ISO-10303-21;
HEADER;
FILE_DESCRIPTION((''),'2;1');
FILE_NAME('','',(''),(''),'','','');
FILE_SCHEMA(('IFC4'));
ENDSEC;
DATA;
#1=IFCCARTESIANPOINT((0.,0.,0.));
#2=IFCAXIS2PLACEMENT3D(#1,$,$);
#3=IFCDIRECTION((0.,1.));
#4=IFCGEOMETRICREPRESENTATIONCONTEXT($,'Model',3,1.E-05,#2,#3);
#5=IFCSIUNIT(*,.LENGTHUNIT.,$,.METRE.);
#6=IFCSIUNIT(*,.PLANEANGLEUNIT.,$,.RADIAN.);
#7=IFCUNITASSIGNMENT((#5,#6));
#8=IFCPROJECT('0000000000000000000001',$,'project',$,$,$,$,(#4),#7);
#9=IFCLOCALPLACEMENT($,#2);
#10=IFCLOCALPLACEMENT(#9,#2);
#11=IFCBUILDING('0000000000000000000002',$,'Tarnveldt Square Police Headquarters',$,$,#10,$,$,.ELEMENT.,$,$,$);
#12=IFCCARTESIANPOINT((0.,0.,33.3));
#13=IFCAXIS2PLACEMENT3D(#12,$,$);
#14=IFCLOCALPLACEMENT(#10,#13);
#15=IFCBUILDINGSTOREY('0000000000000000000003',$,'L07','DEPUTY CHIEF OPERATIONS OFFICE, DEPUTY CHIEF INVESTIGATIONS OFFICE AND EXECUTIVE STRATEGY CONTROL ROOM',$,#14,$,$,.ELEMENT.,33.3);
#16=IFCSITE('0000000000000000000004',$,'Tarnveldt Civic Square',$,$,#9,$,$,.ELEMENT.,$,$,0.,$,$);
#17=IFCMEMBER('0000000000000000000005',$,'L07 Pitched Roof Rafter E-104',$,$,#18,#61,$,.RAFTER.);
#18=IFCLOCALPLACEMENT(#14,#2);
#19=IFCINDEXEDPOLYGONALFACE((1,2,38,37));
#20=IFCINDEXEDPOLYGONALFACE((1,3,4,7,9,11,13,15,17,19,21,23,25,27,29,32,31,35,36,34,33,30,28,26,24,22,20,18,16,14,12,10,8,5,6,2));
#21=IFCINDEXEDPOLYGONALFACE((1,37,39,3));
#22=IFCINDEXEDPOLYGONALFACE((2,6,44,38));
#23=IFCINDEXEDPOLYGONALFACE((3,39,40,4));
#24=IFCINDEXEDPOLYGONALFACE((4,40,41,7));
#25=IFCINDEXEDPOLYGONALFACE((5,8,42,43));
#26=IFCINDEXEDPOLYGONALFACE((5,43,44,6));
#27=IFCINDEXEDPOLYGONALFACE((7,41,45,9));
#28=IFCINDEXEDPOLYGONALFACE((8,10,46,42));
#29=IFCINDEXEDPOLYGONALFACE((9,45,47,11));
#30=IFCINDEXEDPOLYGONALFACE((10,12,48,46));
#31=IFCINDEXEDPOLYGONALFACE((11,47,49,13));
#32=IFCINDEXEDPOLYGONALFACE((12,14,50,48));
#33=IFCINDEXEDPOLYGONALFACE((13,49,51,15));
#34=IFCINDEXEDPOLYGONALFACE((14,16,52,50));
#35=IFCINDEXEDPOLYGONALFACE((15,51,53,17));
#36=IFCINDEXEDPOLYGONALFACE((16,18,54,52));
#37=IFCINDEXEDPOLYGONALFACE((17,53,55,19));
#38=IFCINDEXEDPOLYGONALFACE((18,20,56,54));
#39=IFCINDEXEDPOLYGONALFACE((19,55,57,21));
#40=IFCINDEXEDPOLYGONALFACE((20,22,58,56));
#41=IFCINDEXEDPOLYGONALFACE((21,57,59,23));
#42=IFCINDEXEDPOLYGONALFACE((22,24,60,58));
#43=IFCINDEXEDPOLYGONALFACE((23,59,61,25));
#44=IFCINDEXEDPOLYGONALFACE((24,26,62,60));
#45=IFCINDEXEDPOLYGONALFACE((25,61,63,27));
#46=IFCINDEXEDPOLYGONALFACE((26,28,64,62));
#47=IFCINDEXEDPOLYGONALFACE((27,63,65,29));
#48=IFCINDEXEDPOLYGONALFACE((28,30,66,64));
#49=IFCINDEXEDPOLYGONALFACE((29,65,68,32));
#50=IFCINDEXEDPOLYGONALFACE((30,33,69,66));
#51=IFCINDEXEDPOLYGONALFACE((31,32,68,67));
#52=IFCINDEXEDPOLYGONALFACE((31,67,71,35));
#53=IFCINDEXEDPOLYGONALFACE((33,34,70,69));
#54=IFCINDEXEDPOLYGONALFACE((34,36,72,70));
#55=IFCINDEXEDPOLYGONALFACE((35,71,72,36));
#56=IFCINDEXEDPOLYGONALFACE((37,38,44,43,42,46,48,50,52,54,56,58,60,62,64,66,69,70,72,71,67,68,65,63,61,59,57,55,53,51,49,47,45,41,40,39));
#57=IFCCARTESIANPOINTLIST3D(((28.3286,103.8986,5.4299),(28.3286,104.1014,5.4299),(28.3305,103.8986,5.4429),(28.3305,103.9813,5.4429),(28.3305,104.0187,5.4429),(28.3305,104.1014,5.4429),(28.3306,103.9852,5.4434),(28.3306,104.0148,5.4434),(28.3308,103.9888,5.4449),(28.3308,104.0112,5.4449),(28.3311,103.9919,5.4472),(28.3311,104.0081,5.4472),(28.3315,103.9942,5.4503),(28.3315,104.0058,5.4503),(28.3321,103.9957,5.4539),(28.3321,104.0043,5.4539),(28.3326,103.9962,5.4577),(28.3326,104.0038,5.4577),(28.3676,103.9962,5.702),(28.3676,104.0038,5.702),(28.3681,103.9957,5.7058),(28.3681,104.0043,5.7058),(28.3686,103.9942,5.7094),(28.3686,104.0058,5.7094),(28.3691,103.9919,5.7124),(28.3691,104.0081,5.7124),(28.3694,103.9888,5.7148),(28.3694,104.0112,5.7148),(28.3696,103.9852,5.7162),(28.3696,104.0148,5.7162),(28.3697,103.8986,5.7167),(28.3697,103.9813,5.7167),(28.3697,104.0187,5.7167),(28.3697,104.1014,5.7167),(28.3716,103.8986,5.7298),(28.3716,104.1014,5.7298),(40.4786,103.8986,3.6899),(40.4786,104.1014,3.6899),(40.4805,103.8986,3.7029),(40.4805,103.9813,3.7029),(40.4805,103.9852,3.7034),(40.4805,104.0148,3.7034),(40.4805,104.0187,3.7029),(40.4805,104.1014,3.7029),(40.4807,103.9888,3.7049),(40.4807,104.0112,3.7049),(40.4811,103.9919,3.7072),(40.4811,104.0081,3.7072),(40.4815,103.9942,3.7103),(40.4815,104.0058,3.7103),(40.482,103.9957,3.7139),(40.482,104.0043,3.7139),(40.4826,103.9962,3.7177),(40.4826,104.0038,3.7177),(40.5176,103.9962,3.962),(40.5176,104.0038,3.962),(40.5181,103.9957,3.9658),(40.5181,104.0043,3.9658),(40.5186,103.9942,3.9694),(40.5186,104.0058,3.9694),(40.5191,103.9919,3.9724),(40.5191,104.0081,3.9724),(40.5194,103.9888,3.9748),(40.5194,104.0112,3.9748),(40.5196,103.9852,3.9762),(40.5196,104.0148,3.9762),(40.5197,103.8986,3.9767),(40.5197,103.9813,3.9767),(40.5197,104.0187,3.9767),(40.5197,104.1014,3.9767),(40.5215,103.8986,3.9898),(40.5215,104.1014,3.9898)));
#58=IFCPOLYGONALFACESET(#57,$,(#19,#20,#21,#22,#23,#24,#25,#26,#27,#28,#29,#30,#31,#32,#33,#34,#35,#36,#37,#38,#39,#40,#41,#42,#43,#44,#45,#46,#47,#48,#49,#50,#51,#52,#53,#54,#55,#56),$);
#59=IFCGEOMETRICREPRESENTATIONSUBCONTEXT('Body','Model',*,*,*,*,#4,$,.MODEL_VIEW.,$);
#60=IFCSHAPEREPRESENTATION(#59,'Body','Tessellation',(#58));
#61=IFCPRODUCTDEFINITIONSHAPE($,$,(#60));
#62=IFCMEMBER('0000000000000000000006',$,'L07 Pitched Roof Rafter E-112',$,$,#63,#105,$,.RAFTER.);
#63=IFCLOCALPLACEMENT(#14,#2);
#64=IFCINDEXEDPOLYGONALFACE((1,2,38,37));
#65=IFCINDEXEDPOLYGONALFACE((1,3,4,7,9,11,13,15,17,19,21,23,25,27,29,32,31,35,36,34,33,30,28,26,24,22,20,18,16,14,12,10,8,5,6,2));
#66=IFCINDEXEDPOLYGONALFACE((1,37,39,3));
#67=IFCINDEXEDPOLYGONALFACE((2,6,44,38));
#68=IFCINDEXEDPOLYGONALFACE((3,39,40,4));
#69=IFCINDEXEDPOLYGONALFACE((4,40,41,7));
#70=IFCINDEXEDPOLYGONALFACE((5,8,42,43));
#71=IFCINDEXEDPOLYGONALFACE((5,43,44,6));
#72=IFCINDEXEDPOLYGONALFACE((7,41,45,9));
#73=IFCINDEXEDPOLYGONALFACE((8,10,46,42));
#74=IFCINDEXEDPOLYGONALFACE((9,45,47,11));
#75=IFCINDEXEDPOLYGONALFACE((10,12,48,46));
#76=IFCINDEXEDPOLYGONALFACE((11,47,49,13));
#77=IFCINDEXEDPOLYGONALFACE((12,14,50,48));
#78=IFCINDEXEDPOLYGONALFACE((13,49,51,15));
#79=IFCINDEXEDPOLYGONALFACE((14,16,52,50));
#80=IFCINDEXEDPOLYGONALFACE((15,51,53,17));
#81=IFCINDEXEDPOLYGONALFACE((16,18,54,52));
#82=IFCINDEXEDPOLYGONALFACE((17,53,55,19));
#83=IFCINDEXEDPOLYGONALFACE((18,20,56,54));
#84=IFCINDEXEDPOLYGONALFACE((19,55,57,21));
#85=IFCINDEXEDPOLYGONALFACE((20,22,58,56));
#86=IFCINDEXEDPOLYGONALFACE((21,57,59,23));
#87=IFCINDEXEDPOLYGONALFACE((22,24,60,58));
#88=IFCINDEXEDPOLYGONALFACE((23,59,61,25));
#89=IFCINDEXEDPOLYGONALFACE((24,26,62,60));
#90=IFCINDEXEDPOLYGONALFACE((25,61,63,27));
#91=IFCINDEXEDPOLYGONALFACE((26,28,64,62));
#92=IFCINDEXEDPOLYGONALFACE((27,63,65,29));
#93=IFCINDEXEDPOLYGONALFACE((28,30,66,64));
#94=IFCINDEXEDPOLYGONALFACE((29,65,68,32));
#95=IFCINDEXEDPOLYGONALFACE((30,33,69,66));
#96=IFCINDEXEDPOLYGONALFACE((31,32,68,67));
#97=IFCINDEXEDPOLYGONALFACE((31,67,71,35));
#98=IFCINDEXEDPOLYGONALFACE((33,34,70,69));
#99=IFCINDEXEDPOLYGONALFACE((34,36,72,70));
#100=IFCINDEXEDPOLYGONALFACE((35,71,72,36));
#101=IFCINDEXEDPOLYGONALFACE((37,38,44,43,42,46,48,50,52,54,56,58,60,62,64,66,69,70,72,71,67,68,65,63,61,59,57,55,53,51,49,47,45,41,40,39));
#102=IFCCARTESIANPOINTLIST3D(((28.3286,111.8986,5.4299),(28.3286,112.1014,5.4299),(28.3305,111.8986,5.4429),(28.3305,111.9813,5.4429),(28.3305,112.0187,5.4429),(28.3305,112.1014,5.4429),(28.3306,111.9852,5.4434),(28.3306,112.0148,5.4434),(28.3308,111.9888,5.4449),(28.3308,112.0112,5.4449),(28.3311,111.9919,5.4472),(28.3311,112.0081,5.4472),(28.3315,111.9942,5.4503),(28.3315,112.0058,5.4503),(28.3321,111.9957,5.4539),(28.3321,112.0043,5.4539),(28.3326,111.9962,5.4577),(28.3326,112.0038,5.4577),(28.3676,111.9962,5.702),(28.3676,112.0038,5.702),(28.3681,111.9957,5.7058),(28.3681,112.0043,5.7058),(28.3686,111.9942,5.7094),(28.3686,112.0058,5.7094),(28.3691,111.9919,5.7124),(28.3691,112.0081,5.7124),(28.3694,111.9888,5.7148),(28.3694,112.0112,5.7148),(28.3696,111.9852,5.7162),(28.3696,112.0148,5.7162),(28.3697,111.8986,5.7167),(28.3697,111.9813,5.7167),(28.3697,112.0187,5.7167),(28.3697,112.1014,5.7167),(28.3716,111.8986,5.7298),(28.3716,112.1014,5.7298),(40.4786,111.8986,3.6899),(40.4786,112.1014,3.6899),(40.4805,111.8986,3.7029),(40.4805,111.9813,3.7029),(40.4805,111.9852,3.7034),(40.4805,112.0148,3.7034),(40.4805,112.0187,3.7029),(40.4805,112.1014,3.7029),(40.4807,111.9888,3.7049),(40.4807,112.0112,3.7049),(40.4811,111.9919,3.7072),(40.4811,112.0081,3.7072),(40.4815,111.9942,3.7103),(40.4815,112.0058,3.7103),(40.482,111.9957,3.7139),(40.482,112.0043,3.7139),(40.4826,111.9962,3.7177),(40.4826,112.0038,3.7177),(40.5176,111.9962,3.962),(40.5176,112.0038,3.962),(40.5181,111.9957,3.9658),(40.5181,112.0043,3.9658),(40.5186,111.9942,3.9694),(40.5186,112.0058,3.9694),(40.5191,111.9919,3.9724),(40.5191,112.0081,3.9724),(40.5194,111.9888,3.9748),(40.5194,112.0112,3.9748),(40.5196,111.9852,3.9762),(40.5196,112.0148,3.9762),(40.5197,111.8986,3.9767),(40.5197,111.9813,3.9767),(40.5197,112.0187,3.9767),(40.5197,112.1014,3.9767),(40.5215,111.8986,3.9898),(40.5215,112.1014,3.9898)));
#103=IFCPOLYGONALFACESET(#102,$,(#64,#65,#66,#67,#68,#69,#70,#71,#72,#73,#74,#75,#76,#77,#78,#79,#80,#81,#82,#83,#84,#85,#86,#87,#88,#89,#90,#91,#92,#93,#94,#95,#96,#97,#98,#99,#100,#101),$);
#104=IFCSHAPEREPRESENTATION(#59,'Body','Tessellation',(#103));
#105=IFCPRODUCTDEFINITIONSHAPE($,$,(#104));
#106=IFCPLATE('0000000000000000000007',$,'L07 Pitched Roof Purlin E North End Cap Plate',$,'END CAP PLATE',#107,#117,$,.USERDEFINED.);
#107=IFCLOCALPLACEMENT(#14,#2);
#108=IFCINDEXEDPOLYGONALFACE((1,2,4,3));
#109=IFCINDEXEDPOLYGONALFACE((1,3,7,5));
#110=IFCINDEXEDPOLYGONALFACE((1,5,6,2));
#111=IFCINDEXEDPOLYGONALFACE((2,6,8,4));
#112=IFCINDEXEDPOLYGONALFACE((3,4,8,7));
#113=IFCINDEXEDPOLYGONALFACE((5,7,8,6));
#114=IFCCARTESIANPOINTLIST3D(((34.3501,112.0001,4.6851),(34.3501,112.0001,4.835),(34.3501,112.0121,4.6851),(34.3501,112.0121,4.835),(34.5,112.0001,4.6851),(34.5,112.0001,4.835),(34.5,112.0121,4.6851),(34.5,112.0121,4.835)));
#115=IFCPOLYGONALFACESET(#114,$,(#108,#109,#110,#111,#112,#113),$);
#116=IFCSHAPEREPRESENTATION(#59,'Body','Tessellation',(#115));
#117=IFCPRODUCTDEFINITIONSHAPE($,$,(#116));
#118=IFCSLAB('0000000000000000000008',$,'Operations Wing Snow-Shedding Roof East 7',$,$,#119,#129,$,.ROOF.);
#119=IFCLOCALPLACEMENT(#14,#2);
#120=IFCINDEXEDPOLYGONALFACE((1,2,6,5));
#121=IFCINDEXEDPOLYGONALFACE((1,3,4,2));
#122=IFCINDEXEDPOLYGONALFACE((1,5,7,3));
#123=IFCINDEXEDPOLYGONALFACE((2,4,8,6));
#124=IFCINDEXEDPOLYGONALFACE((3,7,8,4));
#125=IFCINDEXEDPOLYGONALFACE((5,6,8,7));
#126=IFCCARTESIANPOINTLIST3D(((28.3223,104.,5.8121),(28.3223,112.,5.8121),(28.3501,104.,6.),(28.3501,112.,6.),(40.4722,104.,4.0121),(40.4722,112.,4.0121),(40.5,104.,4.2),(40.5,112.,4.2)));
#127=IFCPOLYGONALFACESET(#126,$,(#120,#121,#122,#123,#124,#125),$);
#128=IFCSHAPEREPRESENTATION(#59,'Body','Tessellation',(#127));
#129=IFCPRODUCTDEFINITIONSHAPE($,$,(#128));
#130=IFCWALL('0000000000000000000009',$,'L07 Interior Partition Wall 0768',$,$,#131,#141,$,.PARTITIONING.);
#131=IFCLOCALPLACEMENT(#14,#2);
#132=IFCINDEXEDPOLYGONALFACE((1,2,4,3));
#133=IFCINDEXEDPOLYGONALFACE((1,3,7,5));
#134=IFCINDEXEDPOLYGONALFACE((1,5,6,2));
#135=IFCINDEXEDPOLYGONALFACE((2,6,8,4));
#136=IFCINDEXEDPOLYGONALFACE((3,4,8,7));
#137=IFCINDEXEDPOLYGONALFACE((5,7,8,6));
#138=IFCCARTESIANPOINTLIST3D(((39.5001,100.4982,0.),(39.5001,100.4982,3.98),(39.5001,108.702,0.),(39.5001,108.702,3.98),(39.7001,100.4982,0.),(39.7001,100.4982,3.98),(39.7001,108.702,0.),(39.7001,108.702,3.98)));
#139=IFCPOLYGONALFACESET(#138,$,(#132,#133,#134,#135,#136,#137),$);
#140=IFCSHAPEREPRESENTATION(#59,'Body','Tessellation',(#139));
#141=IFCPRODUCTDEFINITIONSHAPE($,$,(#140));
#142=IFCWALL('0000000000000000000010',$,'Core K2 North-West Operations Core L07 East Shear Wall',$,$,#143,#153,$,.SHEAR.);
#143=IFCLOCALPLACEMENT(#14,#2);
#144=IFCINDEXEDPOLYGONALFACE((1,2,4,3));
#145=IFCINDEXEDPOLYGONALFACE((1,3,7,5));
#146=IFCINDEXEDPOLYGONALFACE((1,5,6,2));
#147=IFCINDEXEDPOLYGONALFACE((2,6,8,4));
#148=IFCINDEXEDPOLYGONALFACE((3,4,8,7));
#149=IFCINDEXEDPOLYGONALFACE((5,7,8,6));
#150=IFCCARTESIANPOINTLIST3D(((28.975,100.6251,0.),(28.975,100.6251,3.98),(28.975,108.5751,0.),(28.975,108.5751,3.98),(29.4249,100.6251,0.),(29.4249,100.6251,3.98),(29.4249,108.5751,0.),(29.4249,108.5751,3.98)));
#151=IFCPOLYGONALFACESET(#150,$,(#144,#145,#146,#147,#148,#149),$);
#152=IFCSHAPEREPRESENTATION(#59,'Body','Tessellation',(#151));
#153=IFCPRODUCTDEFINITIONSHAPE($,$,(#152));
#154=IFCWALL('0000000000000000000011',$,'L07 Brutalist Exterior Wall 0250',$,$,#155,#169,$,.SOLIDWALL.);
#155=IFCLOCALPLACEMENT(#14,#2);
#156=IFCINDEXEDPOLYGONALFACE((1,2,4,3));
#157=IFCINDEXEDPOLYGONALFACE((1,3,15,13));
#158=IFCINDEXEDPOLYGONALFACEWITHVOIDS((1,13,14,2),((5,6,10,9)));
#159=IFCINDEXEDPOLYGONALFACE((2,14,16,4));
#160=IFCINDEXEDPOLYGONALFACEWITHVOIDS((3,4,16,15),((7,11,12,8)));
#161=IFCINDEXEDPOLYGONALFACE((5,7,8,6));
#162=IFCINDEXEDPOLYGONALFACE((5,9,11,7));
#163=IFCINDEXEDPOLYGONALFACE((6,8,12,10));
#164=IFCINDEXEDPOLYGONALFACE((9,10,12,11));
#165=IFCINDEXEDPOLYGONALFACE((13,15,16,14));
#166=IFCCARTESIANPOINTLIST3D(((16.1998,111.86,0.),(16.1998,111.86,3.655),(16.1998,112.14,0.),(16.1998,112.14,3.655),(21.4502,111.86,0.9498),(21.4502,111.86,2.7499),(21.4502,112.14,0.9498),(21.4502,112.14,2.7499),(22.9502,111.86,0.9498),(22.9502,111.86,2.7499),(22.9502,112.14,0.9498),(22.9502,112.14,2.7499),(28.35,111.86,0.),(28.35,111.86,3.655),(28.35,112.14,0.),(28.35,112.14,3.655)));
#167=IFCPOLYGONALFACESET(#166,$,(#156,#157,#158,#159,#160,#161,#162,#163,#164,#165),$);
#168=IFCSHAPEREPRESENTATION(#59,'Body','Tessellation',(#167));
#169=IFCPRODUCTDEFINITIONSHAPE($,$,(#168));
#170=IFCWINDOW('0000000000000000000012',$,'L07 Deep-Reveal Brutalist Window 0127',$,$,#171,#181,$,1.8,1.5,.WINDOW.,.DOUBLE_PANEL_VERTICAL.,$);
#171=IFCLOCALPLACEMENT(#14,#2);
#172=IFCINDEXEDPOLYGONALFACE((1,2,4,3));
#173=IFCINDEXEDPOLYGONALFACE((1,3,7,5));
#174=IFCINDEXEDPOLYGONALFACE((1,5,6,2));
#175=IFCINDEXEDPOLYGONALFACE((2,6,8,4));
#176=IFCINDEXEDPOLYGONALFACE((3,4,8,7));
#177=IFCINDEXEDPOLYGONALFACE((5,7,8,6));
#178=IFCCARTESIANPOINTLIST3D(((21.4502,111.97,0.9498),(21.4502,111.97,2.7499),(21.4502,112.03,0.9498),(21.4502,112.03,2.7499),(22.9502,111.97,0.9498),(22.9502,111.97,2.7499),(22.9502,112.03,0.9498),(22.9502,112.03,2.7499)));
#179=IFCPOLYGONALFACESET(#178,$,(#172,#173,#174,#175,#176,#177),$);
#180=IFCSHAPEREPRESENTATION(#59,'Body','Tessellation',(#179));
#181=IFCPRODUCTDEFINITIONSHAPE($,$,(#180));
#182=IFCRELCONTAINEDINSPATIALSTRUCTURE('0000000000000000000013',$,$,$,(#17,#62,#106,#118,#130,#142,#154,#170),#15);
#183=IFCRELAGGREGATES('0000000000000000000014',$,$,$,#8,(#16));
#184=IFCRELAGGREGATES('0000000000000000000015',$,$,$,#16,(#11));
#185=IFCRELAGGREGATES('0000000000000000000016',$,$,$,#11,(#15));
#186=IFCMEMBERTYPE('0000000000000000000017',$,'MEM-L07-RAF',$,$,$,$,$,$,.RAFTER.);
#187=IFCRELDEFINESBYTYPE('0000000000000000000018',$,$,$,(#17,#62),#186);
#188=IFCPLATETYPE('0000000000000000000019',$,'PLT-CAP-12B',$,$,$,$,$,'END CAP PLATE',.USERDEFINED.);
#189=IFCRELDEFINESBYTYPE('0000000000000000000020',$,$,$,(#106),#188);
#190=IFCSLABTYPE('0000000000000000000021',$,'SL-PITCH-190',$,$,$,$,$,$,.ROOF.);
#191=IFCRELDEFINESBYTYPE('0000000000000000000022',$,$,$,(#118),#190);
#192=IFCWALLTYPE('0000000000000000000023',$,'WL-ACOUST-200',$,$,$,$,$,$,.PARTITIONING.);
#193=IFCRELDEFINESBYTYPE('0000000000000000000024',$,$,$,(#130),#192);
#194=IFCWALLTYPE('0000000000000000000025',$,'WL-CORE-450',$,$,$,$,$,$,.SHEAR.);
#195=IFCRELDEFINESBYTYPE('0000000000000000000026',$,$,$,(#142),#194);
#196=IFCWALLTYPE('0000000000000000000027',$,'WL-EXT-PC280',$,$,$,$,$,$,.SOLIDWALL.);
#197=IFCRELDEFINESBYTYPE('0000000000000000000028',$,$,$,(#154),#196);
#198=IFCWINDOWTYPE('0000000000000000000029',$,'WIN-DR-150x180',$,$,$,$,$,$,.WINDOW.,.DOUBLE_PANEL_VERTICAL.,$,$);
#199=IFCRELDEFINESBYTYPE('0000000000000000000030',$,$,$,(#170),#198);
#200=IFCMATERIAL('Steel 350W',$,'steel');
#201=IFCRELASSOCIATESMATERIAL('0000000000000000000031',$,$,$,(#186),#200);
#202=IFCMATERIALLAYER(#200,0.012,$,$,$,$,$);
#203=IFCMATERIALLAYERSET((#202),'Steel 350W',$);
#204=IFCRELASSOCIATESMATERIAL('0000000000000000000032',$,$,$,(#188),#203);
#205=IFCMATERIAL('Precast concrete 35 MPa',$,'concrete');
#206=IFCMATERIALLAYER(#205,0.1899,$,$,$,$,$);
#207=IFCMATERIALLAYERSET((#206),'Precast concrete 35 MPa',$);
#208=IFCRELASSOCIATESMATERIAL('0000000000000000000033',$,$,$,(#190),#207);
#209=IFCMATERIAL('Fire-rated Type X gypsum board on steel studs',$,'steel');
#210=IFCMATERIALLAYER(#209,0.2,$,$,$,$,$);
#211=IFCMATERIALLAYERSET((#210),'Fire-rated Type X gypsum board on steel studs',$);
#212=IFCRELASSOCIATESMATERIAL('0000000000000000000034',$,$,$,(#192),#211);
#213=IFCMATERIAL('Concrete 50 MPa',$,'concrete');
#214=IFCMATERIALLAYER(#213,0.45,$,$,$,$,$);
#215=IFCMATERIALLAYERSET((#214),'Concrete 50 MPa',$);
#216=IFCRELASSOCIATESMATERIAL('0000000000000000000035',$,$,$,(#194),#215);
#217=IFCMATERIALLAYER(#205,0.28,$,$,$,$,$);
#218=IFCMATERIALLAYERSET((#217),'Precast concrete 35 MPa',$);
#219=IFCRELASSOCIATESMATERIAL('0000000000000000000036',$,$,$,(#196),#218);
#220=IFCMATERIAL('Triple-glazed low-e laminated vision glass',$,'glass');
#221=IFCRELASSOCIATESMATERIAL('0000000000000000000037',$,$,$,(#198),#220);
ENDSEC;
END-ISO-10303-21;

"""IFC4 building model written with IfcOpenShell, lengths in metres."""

from ifc_helpers import new_model, si_unit, direction, frame, frame_2d, origin, origin_2d, place, context, subcontext, project, spatial, polyline, rectangle, i_section, outline, extrude, material, layer, layer_set, material_profile, profile_set, type_object, element, fill, save


model = new_model("IFC4")

# Units and contexts
model_context = context("Model", 3, precision=1e-05, world=origin(), true_north=direction((0.0, 1.0)))
body_context = subcontext(model_context, "Body", "Model", "MODEL_VIEW")
ifc_project = project(units=[si_unit("LENGTHUNIT", "METRE"), si_unit("PLANEANGLEUNIT", "RADIAN")], contexts=[model_context])

# Site, building, storey
site_placement = place(None, origin())
site = spatial("IfcSite", under=ifc_project, at=site_placement, Name="Tarnveldt Civic Square", CompositionType="ELEMENT", RefElevation=0.0)
building_placement = place(site_placement, origin())
building = spatial("IfcBuilding", under=site, at=building_placement, Name="Tarnveldt Square Police Headquarters", CompositionType="ELEMENT")
storey_placement = place(building_placement, frame((0.0, 0.0, 33.3)))
storey = spatial("IfcBuildingStorey", under=building, at=storey_placement, Name="L07", Description="DEPUTY CHIEF OPERATIONS OFFICE, DEPUTY CHIEF INVESTIGATIONS OFFICE AND EXECUTIVE STRATEGY CONTROL ROOM", CompositionType="ELEMENT", Elevation=33.3)

# Shared definitions
ifc_material_1 = material(Name="Steel 350W", Category="steel")

# Members
ifc_material_profile_1 = material_profile(ifc_material_1, i_section(OverallWidth=0.2029, OverallDepth=0.303, WebThickness=0.0076, FlangeThickness=0.0132, FilletRadius=0.0149, at=origin_2d()), Name="W310x60")
ifc_profile_set_1 = profile_set([ifc_material_profile_1], Name="Steel 350W")
member_type_1 = type_object("IfcMemberType", Name="MEM-L07-RAF", PredefinedType="RAFTER", material=ifc_profile_set_1)
for number, where, z_axis, x_axis, name in (
    (1, (28.3501, 104.0, 5.5798), (0.989901, 0.0, -0.141764), (0.0, 1.0, 0.0), "L07 Pitched Roof Rafter E-104"),
    (2, (28.3501, 112.0, 5.5798), (0.989901, 0.0, -0.141764), (0.0, 1.0, 0.0), "L07 Pitched Roof Rafter E-112"),
):
    element("IfcMember", number, at=place(storey_placement, frame(where, z_axis=z_axis, x_axis=x_axis)), inside=storey, type_object=member_type_1, Name=name, PredefinedType="RAFTER", context=body_context, shape_type="SweptSolid", body=[
        extrude(i_section(OverallWidth=0.2029, OverallDepth=0.303, WebThickness=0.0076, FlangeThickness=0.0132, FilletRadius=0.0149, at=origin_2d()), origin(), (0.0, 0.0, 1.0), 12.2739),
    ])

# Plate
ifc_layer_1 = layer(ifc_material_1, 0.012)
ifc_layer_set_1 = layer_set([ifc_layer_1], Name="Steel 350W")
plate_type = type_object("IfcPlateType", Name="PLT-CAP-12B", ElementType="END CAP PLATE", PredefinedType="USERDEFINED", material=ifc_layer_set_1)
plate_placement = place(storey_placement, frame((34.425, 112.0061, 4.6851), z_axis=(0.0, 0.0, 1.0), x_axis=(1.0, 0.0, 0.0)))
element("IfcPlate", 3, at=plate_placement, inside=storey, type_object=plate_type, Name="L07 Pitched Roof Purlin E North End Cap Plate", ObjectType="END CAP PLATE", PredefinedType="USERDEFINED", context=body_context, shape_type="SweptSolid", body=[
    extrude(rectangle(XDim=0.1499, YDim=0.012, at=origin_2d()), origin(), (0.0, 0.0, 1.0), 0.1499),
])

# Slab
ifc_material_2 = material(Name="Precast concrete 35 MPa", Category="concrete")
ifc_layer_2 = layer(ifc_material_2, 0.1899)
ifc_layer_set_2 = layer_set([ifc_layer_2], Name="Precast concrete 35 MPa")
slab_type = type_object("IfcSlabType", Name="SL-PITCH-190", PredefinedType="ROOF", material=ifc_layer_set_2)
slab_placement = place(storey_placement, frame((28.3501, 104.0, 6.0), z_axis=(0.146554, 0.0, 0.989203), x_axis=(0.0, 1.0, 0.0)))
element("IfcSlab", 4, at=slab_placement, inside=storey, type_object=slab_type, Name="Operations Wing Snow-Shedding Roof East 7", PredefinedType="ROOF", context=body_context, shape_type="SweptSolid", body=[
    extrude(outline(polyline([(0.0, 0.0), (8.0, 0.0), (8.0, -12.2825), (0.0, -12.2825), (0.0, 0.0)])), origin(), (0.0, 0.0, -1.0), 0.1899),
])

# Walls
ifc_material_3 = material(Name="Fire-rated Type X gypsum board on steel studs", Category="steel")
ifc_layer_3 = layer(ifc_material_3, 0.2)
ifc_layer_set_3 = layer_set([ifc_layer_3], Name="Fire-rated Type X gypsum board on steel studs")
wall_type_1 = type_object("IfcWallType", Name="WL-ACOUST-200", PredefinedType="PARTITIONING", material=ifc_layer_set_3)
wall_1_placement = place(storey_placement, frame((39.6001, 100.498, 0.0), z_axis=(0.0, 0.0, 1.0), x_axis=(0.0, 1.0, 0.0)))
element("IfcWall", 5, at=wall_1_placement, inside=storey, type_object=wall_type_1, Name="L07 Interior Partition Wall 0768", PredefinedType="PARTITIONING", context=body_context, shape_type="SweptSolid", body=[
    extrude(rectangle(XDim=8.2039, YDim=0.2, at=frame_2d((4.1021, 0.0))), origin(), (0.0, 0.0, 1.0), 3.98),
])
ifc_material_4 = material(Name="Concrete 50 MPa", Category="concrete")
ifc_layer_4 = layer(ifc_material_4, 0.45)
ifc_layer_set_4 = layer_set([ifc_layer_4], Name="Concrete 50 MPa")
wall_type_2 = type_object("IfcWallType", Name="WL-CORE-450", PredefinedType="SHEAR", material=ifc_layer_set_4)
wall_2_placement = place(storey_placement, frame((29.2, 100.625, 0.0), z_axis=(0.0, 0.0, 1.0), x_axis=(0.0, 1.0, 0.0)))
element("IfcWall", 6, at=wall_2_placement, inside=storey, type_object=wall_type_2, Name="Core K2 North-West Operations Core L07 East Shear Wall", PredefinedType="SHEAR", context=body_context, shape_type="SweptSolid", body=[
    extrude(rectangle(XDim=7.95, YDim=0.45, at=frame_2d((3.9751, 0.0))), origin(), (0.0, 0.0, 1.0), 3.98),
])

# Wall, opening, window
ifc_layer_5 = layer(ifc_material_2, 0.28)
ifc_layer_set_5 = layer_set([ifc_layer_5], Name="Precast concrete 35 MPa")
wall_type_3 = type_object("IfcWallType", Name="WL-EXT-PC280", PredefinedType="SOLIDWALL", material=ifc_layer_set_5)
wall_3_placement = place(storey_placement, frame((28.3501, 112.0, 0.0), z_axis=(0.0, 0.0, 1.0), x_axis=(-1.0, 0.0, 0.0)))
wall_3 = element("IfcWall", 7, at=wall_3_placement, inside=storey, type_object=wall_type_3, Name="L07 Brutalist Exterior Wall 0250", PredefinedType="SOLIDWALL", context=body_context, shape_type="SweptSolid", body=[
    extrude(rectangle(XDim=12.1501, YDim=0.28, at=frame_2d((6.0752, 0.0))), origin(), (0.0, 0.0, 1.0), 3.655),
])
opening_1_placement = place(wall_3_placement, frame((5.3999, 0.0, 0.95)))
opening_1 = element("IfcOpeningElement", 8, at=opening_1_placement, cuts=wall_3, PredefinedType="OPENING", context=body_context, shape_type="SweptSolid", body=[
    extrude(rectangle(XDim=1.5, YDim=1.8, at=frame_2d((0.75, 0.8999))), frame((0.0, 0.1499, 0.0), z_axis=(0.0, -1.0, 0.0), x_axis=(1.0, 0.0, 0.0)), (0.0, 0.0, 1.0), 0.3),
])
ifc_material_5 = material(Name="Triple-glazed low-e laminated vision glass", Category="glass")
window_type = type_object("IfcWindowType", Name="WIN-DR-150x180", PartitioningType="DOUBLE_PANEL_VERTICAL", PredefinedType="WINDOW", material=ifc_material_5)
window_placement = place(opening_1_placement, origin())
window = element("IfcWindow", 9, at=window_placement, inside=storey, type_object=window_type, Name="L07 Deep-Reveal Brutalist Window 0127", OverallHeight=1.8, OverallWidth=1.5, PartitioningType="DOUBLE_PANEL_VERTICAL", PredefinedType="WINDOW", context=body_context, shape_type="SweptSolid", body=[
    extrude(rectangle(XDim=1.5, YDim=1.8, at=frame_2d((0.75, 0.8999))), frame((0.0, 0.03, 0.0), z_axis=(0.0, -1.0, 0.0), x_axis=(1.0, 0.0, 0.0)), (0.0, 0.0, 1.0), 0.0601),
])
fill(opening_1, window)

save(model, "model.ifc")
